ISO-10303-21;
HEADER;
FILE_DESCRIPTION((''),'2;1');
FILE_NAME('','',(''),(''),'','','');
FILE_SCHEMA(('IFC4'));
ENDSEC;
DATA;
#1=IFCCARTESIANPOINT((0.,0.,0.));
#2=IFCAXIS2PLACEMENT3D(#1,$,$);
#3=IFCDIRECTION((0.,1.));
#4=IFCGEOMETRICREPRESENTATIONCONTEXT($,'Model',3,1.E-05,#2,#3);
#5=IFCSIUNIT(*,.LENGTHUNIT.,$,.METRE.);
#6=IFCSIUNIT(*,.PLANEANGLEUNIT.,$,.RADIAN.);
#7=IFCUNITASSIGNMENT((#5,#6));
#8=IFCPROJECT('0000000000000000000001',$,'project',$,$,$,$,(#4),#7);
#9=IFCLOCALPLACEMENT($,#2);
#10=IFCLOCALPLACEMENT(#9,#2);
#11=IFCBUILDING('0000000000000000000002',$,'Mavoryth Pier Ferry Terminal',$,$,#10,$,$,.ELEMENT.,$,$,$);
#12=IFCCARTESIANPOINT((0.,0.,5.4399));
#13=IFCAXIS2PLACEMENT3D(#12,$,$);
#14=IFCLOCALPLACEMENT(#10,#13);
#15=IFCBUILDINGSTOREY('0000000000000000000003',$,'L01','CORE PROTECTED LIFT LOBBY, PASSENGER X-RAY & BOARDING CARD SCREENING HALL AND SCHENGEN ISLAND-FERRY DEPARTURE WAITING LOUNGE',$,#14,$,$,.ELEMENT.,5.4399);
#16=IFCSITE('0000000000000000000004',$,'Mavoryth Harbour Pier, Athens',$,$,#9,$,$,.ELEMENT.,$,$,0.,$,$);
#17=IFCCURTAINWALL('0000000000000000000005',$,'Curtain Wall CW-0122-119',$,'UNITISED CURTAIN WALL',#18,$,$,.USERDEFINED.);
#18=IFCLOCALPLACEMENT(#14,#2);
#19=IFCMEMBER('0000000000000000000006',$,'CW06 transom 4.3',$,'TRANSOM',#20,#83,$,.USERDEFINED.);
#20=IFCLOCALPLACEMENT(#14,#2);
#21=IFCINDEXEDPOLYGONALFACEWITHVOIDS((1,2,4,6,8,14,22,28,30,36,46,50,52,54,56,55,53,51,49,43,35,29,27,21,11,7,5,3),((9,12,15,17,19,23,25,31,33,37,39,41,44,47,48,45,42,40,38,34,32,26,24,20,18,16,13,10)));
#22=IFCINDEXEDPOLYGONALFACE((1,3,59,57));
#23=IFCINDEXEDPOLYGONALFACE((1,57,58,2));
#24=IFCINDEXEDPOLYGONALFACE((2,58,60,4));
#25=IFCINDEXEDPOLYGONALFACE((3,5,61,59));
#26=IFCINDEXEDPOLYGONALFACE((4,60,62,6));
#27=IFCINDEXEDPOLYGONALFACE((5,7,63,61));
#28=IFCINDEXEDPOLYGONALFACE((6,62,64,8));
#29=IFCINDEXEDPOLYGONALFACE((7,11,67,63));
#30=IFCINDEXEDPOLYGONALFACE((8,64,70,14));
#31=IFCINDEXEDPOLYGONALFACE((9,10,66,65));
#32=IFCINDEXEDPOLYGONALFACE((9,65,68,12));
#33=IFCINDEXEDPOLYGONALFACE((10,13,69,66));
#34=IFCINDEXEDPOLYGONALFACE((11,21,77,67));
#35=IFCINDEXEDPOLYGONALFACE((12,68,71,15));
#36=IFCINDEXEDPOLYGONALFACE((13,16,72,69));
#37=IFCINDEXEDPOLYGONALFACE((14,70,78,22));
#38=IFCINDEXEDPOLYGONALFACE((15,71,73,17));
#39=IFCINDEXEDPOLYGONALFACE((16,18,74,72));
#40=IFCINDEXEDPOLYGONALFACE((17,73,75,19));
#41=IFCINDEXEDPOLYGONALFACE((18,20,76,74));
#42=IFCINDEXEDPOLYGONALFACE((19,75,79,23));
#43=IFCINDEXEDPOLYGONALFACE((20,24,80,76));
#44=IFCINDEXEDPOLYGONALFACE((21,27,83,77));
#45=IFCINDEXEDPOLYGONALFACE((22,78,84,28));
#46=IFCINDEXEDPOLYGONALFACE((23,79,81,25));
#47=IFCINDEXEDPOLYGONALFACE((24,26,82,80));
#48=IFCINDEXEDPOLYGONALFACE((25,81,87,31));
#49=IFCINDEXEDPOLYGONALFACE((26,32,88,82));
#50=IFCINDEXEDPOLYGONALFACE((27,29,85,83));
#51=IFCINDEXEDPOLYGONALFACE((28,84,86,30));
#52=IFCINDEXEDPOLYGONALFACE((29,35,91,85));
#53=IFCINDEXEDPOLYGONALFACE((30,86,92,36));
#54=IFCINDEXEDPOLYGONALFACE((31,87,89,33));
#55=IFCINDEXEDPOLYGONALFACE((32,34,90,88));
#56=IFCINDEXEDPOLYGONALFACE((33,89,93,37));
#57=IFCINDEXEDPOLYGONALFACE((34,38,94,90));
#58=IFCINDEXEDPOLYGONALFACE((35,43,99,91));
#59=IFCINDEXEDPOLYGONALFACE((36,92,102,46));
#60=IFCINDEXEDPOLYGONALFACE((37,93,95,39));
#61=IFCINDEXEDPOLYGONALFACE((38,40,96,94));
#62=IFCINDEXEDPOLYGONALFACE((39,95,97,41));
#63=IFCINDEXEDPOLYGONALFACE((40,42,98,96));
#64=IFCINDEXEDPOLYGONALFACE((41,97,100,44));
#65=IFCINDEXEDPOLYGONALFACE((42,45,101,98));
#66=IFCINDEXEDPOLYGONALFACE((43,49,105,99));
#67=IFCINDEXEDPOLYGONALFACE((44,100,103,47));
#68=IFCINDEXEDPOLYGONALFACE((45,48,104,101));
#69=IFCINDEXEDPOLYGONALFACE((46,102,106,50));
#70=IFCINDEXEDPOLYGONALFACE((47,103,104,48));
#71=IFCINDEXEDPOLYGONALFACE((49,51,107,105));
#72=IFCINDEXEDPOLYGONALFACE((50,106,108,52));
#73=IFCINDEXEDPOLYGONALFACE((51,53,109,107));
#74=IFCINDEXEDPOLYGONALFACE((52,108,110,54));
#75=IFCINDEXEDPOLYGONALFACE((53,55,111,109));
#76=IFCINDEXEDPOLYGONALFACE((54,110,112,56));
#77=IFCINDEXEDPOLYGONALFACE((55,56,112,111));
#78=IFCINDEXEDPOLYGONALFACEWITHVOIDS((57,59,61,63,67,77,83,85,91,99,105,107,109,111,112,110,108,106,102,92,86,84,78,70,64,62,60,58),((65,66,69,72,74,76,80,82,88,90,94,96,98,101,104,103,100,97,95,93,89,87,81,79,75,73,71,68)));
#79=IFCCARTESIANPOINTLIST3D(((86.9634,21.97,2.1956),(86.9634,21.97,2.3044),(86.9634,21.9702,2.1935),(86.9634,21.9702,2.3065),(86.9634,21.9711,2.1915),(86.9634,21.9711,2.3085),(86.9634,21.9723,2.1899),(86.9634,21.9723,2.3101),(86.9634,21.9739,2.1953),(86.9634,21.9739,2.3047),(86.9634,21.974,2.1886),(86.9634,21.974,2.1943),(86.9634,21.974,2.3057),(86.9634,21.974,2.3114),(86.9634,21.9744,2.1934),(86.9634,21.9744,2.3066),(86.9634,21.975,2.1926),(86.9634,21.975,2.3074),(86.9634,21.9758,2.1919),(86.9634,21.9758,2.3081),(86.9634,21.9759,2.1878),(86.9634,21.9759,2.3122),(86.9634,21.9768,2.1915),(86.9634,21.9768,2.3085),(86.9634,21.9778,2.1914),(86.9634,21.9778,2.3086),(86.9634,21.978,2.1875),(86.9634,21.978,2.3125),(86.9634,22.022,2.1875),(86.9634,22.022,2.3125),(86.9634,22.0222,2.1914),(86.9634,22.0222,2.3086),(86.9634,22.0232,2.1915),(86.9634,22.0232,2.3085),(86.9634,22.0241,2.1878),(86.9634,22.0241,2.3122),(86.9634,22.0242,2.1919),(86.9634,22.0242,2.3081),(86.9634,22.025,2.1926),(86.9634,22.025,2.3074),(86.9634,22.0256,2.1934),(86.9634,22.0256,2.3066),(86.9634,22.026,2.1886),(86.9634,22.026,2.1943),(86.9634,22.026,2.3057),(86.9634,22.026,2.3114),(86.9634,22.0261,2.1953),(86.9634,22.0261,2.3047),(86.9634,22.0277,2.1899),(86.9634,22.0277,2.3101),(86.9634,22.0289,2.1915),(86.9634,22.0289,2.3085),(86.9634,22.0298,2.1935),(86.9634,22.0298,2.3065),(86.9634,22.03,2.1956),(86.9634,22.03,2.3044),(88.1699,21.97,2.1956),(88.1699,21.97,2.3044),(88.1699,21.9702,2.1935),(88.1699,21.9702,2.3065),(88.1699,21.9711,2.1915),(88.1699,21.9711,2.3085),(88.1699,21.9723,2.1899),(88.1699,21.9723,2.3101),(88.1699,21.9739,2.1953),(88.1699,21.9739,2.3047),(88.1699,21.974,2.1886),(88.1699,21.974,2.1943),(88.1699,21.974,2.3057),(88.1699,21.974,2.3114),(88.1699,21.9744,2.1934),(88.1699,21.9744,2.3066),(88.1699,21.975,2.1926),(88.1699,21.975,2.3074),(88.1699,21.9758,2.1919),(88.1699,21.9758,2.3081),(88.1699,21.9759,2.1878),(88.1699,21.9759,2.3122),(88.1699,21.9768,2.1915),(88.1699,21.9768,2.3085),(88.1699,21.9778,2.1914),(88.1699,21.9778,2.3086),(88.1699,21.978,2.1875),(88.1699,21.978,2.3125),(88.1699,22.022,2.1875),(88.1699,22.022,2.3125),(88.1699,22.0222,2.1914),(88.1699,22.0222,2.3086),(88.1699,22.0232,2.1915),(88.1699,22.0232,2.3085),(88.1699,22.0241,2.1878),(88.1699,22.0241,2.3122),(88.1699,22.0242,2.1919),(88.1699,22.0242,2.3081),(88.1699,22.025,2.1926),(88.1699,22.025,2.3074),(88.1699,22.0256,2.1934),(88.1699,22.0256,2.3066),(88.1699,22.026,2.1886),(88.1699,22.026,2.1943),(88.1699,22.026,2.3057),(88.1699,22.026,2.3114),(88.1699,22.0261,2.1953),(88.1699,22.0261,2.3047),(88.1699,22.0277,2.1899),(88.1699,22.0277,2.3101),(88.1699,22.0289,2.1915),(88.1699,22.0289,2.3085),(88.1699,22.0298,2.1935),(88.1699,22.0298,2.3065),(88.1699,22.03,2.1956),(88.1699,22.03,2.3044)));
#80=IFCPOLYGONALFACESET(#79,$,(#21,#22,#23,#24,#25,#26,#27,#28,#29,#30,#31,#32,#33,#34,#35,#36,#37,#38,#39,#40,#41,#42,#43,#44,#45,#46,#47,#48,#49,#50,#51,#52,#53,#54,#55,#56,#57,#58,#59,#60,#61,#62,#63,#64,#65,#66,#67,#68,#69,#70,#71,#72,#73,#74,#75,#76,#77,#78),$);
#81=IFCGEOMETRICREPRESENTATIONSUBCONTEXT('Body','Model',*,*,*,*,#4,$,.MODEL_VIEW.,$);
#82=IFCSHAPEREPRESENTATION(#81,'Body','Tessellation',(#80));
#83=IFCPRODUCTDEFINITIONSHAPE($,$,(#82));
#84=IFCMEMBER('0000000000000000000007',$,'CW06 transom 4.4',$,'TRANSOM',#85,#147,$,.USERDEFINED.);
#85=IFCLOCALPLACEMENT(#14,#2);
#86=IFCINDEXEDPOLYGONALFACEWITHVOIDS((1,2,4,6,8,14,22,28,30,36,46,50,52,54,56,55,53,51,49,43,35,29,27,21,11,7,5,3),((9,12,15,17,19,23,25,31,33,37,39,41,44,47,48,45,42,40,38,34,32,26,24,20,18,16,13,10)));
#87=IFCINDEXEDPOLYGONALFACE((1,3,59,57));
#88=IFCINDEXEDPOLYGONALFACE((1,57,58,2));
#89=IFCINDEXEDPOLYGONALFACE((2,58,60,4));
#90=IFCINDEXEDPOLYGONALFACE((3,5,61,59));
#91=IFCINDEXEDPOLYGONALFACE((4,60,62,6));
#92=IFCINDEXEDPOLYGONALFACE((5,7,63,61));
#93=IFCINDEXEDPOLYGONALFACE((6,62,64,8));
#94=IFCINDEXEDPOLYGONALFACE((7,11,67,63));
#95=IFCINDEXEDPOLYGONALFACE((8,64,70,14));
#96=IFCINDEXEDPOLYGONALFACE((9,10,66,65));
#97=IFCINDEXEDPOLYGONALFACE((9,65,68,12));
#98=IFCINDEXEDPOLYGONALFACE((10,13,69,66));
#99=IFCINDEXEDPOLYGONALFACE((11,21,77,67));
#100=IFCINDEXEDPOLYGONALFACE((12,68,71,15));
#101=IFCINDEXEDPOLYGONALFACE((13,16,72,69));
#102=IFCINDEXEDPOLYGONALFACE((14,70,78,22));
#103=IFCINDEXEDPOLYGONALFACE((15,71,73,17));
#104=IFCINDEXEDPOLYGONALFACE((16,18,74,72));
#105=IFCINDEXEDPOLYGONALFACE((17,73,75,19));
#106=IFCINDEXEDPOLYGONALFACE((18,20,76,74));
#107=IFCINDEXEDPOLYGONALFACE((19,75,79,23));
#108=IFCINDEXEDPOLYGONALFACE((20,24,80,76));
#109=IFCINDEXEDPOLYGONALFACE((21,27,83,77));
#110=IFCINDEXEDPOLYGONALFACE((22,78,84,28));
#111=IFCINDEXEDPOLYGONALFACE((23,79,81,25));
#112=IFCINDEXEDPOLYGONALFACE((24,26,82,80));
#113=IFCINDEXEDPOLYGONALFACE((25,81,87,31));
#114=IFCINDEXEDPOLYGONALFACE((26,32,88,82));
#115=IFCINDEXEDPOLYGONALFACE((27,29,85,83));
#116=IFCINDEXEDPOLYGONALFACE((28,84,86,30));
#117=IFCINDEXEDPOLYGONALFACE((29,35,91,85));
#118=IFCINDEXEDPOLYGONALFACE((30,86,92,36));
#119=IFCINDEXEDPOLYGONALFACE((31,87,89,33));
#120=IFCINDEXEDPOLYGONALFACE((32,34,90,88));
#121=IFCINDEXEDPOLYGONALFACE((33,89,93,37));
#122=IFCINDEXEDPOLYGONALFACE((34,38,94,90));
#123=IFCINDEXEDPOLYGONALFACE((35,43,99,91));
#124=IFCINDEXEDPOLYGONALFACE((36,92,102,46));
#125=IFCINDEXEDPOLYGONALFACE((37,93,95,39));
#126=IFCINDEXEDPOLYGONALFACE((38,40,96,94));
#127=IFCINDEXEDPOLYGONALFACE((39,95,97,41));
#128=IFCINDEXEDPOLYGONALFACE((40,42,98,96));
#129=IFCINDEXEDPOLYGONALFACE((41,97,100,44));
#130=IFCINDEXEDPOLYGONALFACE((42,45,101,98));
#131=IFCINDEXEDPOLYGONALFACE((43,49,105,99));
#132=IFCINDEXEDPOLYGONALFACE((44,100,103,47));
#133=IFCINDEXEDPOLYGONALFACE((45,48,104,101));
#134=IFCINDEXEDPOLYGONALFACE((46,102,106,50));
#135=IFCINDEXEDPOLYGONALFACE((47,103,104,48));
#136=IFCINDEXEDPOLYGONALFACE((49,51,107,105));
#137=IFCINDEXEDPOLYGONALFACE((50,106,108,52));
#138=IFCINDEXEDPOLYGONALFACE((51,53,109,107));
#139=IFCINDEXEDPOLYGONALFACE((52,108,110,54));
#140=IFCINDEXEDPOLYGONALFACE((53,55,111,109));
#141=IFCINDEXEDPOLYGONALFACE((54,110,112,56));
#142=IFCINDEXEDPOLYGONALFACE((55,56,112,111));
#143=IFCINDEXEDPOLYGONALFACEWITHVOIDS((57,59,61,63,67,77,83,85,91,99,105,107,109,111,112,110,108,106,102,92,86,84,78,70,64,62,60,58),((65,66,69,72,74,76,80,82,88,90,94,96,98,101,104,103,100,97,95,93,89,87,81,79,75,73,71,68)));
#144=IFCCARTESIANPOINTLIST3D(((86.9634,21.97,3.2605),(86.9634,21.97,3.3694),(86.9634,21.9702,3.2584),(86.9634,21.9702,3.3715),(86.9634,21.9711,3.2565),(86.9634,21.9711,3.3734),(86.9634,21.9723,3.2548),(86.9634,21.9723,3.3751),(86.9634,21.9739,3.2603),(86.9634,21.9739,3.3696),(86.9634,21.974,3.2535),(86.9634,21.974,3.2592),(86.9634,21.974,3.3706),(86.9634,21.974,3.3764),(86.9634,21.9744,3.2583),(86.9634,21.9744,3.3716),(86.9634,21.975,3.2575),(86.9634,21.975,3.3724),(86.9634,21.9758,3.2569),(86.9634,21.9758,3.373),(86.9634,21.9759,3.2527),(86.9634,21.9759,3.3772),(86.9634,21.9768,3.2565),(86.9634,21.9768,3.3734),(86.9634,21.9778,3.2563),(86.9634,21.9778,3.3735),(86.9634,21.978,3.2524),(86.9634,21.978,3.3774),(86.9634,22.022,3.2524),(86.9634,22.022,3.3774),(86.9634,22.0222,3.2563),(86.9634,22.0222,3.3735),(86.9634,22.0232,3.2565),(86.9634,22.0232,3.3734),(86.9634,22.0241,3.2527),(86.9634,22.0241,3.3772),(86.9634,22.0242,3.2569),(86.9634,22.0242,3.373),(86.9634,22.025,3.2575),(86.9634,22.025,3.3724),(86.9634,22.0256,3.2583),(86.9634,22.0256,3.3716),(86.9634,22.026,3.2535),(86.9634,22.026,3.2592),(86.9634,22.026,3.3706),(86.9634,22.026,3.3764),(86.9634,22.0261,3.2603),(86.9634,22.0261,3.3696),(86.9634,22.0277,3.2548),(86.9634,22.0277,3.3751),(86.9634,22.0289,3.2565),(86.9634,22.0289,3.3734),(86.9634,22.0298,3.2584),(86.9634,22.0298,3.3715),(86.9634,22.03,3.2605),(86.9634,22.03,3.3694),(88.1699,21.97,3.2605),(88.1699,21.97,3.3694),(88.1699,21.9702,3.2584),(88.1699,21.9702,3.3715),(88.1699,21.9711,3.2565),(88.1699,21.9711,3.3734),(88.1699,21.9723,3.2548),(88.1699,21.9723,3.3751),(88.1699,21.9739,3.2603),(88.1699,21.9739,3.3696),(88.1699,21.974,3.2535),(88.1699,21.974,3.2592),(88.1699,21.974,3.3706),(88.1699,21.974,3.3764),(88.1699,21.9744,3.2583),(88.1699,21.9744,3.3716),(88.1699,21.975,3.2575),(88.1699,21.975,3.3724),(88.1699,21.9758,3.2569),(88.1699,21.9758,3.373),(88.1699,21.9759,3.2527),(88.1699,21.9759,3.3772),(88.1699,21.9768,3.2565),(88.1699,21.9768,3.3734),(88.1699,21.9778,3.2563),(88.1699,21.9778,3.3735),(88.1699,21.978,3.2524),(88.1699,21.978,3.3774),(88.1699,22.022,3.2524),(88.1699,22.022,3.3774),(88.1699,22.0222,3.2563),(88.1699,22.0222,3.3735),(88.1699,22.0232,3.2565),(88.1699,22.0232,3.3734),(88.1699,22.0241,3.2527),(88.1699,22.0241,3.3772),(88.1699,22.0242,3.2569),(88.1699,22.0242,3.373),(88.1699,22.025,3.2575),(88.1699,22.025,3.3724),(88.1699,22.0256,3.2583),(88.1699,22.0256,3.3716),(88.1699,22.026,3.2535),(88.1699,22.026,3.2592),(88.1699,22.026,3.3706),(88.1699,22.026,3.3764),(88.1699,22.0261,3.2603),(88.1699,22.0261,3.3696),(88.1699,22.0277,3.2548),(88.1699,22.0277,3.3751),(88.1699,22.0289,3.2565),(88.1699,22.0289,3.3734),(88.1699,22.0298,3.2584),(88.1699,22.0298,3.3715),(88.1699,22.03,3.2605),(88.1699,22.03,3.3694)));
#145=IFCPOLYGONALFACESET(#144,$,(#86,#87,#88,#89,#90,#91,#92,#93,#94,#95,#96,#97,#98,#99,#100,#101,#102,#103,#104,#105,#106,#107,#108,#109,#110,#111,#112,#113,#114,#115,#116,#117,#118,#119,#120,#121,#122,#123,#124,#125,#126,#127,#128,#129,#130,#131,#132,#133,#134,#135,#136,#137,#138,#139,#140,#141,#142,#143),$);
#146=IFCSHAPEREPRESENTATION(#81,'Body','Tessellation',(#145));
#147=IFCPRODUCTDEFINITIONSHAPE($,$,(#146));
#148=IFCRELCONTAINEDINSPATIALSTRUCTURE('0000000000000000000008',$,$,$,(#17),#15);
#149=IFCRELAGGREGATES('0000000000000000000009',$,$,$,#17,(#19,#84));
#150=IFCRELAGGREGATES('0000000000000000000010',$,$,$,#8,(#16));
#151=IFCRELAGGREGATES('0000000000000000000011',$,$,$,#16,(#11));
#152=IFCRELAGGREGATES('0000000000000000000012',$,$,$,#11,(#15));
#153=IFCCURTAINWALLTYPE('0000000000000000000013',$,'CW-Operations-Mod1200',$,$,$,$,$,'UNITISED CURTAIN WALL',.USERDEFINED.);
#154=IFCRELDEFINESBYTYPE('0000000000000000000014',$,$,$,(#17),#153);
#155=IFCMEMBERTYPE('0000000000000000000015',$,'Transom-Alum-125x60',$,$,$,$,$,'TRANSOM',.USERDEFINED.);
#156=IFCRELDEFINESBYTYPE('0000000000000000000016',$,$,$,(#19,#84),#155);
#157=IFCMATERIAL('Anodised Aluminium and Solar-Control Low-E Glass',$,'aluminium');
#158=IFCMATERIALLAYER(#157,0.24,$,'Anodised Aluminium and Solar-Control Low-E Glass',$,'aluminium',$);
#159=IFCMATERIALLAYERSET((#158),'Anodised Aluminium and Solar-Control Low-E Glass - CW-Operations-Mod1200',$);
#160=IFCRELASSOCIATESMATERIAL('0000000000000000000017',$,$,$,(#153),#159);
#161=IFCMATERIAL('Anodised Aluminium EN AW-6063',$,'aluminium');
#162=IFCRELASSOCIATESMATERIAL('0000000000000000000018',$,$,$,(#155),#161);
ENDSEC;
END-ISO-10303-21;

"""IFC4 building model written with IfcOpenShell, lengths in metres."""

from ifc_helpers import new_model, si_unit, direction, frame, origin, origin_2d, place, context, subcontext, project, spatial, hollow_rectangle, extrude, material, layer, layer_set, material_profile, profile_set, type_object, element, aggregate, save


model = new_model("IFC4")

# Units and contexts
model_context = context("Model", 3, precision=1e-05, world=origin(), true_north=direction((0.0, 1.0)))
body_context = subcontext(model_context, "Body", "Model", "MODEL_VIEW")
ifc_project = project(units=[si_unit("LENGTHUNIT", "METRE"), si_unit("PLANEANGLEUNIT", "RADIAN")], contexts=[model_context])

# Site, building, storey
site_placement = place(None, origin())
site = spatial("IfcSite", under=ifc_project, at=site_placement, Name="Mavoryth Harbour Pier, Athens", CompositionType="ELEMENT", RefElevation=0.0)
building_placement = place(site_placement, origin())
building = spatial("IfcBuilding", under=site, at=building_placement, Name="Mavoryth Pier Ferry Terminal", CompositionType="ELEMENT")
storey_placement = place(building_placement, frame((0.0, 0.0, 5.4399)))
storey = spatial("IfcBuildingStorey", under=building, at=storey_placement, Name="L01", Description="CORE PROTECTED LIFT LOBBY, PASSENGER X-RAY & BOARDING CARD SCREENING HALL AND SCHENGEN ISLAND-FERRY DEPARTURE WAITING LOUNGE", CompositionType="ELEMENT", Elevation=5.4399)

# Curtain wall
ifc_material_1 = material(Name="Anodised Aluminium and Solar-Control Low-E Glass", Category="aluminium")
ifc_material_2 = material(Name="Anodised Aluminium EN AW-6063", Category="aluminium")
ifc_layer_1 = layer(ifc_material_1, 0.24, Name="Anodised Aluminium and Solar-Control Low-E Glass", Category="aluminium")
ifc_layer_set_1 = layer_set([ifc_layer_1], Name="Anodised Aluminium and Solar-Control Low-E Glass - CW-Operations-Mod1200")
curtain_wall_type_1 = type_object("IfcCurtainWallType", Name="CW-Operations-Mod1200", ElementType="UNITISED CURTAIN WALL", PredefinedType="USERDEFINED", material=ifc_layer_set_1)
curtain_wall_1_placement = place(storey_placement, origin())
curtain_wall_1 = element("IfcCurtainWall", 1, at=curtain_wall_1_placement, inside=storey, type_object=curtain_wall_type_1, Name="Curtain Wall CW-0122-119", ObjectType="UNITISED CURTAIN WALL", PredefinedType="USERDEFINED")

# Members
ifc_material_profile_1 = material_profile(ifc_material_2, hollow_rectangle(XDim=0.0601, YDim=0.125, WallThickness=0.0039, InnerFilletRadius=0.0039, OuterFilletRadius=0.0081, at=origin_2d()), Name="AL-TRAN 125x60x4", Category="aluminium")
ifc_profile_set_1 = profile_set([ifc_material_profile_1], Name="Anodised Aluminium EN AW-6063 - AL-TRAN 125x60x4")
member_type_1 = type_object("IfcMemberType", Name="Transom-Alum-125x60", ElementType="TRANSOM", PredefinedType="USERDEFINED", material=ifc_profile_set_1)
member_1_placement = place(storey_placement, frame((88.1699, 22.0, 2.25), z_axis=(-1.0, 0.0, 0.0), x_axis=(0.0, -1.0, 0.0)))
member_1 = element("IfcMember", 2, at=member_1_placement, type_object=member_type_1, Name="CW06 transom 4.3", ObjectType="TRANSOM", PredefinedType="USERDEFINED", context=body_context, shape_type="SweptSolid", body=[
    extrude(hollow_rectangle(XDim=0.0601, YDim=0.125, WallThickness=0.0039, InnerFilletRadius=0.0039, OuterFilletRadius=0.0081, at=origin_2d()), origin(), (0.0, 0.0, 1.0), 1.2065),
])
member_2_placement = place(storey_placement, frame((88.1699, 22.0, 3.3149), z_axis=(-1.0, 0.0, 0.0), x_axis=(0.0, -1.0, 0.0)))
member_2 = element("IfcMember", 3, at=member_2_placement, type_object=member_type_1, Name="CW06 transom 4.4", ObjectType="TRANSOM", PredefinedType="USERDEFINED", context=body_context, shape_type="SweptSolid", body=[
    extrude(hollow_rectangle(XDim=0.0601, YDim=0.125, WallThickness=0.0039, InnerFilletRadius=0.0039, OuterFilletRadius=0.0081, at=origin_2d()), origin(), (0.0, 0.0, 1.0), 1.2065),
])

aggregate(curtain_wall_1, [member_1, member_2])

save(model, "model.ifc")
